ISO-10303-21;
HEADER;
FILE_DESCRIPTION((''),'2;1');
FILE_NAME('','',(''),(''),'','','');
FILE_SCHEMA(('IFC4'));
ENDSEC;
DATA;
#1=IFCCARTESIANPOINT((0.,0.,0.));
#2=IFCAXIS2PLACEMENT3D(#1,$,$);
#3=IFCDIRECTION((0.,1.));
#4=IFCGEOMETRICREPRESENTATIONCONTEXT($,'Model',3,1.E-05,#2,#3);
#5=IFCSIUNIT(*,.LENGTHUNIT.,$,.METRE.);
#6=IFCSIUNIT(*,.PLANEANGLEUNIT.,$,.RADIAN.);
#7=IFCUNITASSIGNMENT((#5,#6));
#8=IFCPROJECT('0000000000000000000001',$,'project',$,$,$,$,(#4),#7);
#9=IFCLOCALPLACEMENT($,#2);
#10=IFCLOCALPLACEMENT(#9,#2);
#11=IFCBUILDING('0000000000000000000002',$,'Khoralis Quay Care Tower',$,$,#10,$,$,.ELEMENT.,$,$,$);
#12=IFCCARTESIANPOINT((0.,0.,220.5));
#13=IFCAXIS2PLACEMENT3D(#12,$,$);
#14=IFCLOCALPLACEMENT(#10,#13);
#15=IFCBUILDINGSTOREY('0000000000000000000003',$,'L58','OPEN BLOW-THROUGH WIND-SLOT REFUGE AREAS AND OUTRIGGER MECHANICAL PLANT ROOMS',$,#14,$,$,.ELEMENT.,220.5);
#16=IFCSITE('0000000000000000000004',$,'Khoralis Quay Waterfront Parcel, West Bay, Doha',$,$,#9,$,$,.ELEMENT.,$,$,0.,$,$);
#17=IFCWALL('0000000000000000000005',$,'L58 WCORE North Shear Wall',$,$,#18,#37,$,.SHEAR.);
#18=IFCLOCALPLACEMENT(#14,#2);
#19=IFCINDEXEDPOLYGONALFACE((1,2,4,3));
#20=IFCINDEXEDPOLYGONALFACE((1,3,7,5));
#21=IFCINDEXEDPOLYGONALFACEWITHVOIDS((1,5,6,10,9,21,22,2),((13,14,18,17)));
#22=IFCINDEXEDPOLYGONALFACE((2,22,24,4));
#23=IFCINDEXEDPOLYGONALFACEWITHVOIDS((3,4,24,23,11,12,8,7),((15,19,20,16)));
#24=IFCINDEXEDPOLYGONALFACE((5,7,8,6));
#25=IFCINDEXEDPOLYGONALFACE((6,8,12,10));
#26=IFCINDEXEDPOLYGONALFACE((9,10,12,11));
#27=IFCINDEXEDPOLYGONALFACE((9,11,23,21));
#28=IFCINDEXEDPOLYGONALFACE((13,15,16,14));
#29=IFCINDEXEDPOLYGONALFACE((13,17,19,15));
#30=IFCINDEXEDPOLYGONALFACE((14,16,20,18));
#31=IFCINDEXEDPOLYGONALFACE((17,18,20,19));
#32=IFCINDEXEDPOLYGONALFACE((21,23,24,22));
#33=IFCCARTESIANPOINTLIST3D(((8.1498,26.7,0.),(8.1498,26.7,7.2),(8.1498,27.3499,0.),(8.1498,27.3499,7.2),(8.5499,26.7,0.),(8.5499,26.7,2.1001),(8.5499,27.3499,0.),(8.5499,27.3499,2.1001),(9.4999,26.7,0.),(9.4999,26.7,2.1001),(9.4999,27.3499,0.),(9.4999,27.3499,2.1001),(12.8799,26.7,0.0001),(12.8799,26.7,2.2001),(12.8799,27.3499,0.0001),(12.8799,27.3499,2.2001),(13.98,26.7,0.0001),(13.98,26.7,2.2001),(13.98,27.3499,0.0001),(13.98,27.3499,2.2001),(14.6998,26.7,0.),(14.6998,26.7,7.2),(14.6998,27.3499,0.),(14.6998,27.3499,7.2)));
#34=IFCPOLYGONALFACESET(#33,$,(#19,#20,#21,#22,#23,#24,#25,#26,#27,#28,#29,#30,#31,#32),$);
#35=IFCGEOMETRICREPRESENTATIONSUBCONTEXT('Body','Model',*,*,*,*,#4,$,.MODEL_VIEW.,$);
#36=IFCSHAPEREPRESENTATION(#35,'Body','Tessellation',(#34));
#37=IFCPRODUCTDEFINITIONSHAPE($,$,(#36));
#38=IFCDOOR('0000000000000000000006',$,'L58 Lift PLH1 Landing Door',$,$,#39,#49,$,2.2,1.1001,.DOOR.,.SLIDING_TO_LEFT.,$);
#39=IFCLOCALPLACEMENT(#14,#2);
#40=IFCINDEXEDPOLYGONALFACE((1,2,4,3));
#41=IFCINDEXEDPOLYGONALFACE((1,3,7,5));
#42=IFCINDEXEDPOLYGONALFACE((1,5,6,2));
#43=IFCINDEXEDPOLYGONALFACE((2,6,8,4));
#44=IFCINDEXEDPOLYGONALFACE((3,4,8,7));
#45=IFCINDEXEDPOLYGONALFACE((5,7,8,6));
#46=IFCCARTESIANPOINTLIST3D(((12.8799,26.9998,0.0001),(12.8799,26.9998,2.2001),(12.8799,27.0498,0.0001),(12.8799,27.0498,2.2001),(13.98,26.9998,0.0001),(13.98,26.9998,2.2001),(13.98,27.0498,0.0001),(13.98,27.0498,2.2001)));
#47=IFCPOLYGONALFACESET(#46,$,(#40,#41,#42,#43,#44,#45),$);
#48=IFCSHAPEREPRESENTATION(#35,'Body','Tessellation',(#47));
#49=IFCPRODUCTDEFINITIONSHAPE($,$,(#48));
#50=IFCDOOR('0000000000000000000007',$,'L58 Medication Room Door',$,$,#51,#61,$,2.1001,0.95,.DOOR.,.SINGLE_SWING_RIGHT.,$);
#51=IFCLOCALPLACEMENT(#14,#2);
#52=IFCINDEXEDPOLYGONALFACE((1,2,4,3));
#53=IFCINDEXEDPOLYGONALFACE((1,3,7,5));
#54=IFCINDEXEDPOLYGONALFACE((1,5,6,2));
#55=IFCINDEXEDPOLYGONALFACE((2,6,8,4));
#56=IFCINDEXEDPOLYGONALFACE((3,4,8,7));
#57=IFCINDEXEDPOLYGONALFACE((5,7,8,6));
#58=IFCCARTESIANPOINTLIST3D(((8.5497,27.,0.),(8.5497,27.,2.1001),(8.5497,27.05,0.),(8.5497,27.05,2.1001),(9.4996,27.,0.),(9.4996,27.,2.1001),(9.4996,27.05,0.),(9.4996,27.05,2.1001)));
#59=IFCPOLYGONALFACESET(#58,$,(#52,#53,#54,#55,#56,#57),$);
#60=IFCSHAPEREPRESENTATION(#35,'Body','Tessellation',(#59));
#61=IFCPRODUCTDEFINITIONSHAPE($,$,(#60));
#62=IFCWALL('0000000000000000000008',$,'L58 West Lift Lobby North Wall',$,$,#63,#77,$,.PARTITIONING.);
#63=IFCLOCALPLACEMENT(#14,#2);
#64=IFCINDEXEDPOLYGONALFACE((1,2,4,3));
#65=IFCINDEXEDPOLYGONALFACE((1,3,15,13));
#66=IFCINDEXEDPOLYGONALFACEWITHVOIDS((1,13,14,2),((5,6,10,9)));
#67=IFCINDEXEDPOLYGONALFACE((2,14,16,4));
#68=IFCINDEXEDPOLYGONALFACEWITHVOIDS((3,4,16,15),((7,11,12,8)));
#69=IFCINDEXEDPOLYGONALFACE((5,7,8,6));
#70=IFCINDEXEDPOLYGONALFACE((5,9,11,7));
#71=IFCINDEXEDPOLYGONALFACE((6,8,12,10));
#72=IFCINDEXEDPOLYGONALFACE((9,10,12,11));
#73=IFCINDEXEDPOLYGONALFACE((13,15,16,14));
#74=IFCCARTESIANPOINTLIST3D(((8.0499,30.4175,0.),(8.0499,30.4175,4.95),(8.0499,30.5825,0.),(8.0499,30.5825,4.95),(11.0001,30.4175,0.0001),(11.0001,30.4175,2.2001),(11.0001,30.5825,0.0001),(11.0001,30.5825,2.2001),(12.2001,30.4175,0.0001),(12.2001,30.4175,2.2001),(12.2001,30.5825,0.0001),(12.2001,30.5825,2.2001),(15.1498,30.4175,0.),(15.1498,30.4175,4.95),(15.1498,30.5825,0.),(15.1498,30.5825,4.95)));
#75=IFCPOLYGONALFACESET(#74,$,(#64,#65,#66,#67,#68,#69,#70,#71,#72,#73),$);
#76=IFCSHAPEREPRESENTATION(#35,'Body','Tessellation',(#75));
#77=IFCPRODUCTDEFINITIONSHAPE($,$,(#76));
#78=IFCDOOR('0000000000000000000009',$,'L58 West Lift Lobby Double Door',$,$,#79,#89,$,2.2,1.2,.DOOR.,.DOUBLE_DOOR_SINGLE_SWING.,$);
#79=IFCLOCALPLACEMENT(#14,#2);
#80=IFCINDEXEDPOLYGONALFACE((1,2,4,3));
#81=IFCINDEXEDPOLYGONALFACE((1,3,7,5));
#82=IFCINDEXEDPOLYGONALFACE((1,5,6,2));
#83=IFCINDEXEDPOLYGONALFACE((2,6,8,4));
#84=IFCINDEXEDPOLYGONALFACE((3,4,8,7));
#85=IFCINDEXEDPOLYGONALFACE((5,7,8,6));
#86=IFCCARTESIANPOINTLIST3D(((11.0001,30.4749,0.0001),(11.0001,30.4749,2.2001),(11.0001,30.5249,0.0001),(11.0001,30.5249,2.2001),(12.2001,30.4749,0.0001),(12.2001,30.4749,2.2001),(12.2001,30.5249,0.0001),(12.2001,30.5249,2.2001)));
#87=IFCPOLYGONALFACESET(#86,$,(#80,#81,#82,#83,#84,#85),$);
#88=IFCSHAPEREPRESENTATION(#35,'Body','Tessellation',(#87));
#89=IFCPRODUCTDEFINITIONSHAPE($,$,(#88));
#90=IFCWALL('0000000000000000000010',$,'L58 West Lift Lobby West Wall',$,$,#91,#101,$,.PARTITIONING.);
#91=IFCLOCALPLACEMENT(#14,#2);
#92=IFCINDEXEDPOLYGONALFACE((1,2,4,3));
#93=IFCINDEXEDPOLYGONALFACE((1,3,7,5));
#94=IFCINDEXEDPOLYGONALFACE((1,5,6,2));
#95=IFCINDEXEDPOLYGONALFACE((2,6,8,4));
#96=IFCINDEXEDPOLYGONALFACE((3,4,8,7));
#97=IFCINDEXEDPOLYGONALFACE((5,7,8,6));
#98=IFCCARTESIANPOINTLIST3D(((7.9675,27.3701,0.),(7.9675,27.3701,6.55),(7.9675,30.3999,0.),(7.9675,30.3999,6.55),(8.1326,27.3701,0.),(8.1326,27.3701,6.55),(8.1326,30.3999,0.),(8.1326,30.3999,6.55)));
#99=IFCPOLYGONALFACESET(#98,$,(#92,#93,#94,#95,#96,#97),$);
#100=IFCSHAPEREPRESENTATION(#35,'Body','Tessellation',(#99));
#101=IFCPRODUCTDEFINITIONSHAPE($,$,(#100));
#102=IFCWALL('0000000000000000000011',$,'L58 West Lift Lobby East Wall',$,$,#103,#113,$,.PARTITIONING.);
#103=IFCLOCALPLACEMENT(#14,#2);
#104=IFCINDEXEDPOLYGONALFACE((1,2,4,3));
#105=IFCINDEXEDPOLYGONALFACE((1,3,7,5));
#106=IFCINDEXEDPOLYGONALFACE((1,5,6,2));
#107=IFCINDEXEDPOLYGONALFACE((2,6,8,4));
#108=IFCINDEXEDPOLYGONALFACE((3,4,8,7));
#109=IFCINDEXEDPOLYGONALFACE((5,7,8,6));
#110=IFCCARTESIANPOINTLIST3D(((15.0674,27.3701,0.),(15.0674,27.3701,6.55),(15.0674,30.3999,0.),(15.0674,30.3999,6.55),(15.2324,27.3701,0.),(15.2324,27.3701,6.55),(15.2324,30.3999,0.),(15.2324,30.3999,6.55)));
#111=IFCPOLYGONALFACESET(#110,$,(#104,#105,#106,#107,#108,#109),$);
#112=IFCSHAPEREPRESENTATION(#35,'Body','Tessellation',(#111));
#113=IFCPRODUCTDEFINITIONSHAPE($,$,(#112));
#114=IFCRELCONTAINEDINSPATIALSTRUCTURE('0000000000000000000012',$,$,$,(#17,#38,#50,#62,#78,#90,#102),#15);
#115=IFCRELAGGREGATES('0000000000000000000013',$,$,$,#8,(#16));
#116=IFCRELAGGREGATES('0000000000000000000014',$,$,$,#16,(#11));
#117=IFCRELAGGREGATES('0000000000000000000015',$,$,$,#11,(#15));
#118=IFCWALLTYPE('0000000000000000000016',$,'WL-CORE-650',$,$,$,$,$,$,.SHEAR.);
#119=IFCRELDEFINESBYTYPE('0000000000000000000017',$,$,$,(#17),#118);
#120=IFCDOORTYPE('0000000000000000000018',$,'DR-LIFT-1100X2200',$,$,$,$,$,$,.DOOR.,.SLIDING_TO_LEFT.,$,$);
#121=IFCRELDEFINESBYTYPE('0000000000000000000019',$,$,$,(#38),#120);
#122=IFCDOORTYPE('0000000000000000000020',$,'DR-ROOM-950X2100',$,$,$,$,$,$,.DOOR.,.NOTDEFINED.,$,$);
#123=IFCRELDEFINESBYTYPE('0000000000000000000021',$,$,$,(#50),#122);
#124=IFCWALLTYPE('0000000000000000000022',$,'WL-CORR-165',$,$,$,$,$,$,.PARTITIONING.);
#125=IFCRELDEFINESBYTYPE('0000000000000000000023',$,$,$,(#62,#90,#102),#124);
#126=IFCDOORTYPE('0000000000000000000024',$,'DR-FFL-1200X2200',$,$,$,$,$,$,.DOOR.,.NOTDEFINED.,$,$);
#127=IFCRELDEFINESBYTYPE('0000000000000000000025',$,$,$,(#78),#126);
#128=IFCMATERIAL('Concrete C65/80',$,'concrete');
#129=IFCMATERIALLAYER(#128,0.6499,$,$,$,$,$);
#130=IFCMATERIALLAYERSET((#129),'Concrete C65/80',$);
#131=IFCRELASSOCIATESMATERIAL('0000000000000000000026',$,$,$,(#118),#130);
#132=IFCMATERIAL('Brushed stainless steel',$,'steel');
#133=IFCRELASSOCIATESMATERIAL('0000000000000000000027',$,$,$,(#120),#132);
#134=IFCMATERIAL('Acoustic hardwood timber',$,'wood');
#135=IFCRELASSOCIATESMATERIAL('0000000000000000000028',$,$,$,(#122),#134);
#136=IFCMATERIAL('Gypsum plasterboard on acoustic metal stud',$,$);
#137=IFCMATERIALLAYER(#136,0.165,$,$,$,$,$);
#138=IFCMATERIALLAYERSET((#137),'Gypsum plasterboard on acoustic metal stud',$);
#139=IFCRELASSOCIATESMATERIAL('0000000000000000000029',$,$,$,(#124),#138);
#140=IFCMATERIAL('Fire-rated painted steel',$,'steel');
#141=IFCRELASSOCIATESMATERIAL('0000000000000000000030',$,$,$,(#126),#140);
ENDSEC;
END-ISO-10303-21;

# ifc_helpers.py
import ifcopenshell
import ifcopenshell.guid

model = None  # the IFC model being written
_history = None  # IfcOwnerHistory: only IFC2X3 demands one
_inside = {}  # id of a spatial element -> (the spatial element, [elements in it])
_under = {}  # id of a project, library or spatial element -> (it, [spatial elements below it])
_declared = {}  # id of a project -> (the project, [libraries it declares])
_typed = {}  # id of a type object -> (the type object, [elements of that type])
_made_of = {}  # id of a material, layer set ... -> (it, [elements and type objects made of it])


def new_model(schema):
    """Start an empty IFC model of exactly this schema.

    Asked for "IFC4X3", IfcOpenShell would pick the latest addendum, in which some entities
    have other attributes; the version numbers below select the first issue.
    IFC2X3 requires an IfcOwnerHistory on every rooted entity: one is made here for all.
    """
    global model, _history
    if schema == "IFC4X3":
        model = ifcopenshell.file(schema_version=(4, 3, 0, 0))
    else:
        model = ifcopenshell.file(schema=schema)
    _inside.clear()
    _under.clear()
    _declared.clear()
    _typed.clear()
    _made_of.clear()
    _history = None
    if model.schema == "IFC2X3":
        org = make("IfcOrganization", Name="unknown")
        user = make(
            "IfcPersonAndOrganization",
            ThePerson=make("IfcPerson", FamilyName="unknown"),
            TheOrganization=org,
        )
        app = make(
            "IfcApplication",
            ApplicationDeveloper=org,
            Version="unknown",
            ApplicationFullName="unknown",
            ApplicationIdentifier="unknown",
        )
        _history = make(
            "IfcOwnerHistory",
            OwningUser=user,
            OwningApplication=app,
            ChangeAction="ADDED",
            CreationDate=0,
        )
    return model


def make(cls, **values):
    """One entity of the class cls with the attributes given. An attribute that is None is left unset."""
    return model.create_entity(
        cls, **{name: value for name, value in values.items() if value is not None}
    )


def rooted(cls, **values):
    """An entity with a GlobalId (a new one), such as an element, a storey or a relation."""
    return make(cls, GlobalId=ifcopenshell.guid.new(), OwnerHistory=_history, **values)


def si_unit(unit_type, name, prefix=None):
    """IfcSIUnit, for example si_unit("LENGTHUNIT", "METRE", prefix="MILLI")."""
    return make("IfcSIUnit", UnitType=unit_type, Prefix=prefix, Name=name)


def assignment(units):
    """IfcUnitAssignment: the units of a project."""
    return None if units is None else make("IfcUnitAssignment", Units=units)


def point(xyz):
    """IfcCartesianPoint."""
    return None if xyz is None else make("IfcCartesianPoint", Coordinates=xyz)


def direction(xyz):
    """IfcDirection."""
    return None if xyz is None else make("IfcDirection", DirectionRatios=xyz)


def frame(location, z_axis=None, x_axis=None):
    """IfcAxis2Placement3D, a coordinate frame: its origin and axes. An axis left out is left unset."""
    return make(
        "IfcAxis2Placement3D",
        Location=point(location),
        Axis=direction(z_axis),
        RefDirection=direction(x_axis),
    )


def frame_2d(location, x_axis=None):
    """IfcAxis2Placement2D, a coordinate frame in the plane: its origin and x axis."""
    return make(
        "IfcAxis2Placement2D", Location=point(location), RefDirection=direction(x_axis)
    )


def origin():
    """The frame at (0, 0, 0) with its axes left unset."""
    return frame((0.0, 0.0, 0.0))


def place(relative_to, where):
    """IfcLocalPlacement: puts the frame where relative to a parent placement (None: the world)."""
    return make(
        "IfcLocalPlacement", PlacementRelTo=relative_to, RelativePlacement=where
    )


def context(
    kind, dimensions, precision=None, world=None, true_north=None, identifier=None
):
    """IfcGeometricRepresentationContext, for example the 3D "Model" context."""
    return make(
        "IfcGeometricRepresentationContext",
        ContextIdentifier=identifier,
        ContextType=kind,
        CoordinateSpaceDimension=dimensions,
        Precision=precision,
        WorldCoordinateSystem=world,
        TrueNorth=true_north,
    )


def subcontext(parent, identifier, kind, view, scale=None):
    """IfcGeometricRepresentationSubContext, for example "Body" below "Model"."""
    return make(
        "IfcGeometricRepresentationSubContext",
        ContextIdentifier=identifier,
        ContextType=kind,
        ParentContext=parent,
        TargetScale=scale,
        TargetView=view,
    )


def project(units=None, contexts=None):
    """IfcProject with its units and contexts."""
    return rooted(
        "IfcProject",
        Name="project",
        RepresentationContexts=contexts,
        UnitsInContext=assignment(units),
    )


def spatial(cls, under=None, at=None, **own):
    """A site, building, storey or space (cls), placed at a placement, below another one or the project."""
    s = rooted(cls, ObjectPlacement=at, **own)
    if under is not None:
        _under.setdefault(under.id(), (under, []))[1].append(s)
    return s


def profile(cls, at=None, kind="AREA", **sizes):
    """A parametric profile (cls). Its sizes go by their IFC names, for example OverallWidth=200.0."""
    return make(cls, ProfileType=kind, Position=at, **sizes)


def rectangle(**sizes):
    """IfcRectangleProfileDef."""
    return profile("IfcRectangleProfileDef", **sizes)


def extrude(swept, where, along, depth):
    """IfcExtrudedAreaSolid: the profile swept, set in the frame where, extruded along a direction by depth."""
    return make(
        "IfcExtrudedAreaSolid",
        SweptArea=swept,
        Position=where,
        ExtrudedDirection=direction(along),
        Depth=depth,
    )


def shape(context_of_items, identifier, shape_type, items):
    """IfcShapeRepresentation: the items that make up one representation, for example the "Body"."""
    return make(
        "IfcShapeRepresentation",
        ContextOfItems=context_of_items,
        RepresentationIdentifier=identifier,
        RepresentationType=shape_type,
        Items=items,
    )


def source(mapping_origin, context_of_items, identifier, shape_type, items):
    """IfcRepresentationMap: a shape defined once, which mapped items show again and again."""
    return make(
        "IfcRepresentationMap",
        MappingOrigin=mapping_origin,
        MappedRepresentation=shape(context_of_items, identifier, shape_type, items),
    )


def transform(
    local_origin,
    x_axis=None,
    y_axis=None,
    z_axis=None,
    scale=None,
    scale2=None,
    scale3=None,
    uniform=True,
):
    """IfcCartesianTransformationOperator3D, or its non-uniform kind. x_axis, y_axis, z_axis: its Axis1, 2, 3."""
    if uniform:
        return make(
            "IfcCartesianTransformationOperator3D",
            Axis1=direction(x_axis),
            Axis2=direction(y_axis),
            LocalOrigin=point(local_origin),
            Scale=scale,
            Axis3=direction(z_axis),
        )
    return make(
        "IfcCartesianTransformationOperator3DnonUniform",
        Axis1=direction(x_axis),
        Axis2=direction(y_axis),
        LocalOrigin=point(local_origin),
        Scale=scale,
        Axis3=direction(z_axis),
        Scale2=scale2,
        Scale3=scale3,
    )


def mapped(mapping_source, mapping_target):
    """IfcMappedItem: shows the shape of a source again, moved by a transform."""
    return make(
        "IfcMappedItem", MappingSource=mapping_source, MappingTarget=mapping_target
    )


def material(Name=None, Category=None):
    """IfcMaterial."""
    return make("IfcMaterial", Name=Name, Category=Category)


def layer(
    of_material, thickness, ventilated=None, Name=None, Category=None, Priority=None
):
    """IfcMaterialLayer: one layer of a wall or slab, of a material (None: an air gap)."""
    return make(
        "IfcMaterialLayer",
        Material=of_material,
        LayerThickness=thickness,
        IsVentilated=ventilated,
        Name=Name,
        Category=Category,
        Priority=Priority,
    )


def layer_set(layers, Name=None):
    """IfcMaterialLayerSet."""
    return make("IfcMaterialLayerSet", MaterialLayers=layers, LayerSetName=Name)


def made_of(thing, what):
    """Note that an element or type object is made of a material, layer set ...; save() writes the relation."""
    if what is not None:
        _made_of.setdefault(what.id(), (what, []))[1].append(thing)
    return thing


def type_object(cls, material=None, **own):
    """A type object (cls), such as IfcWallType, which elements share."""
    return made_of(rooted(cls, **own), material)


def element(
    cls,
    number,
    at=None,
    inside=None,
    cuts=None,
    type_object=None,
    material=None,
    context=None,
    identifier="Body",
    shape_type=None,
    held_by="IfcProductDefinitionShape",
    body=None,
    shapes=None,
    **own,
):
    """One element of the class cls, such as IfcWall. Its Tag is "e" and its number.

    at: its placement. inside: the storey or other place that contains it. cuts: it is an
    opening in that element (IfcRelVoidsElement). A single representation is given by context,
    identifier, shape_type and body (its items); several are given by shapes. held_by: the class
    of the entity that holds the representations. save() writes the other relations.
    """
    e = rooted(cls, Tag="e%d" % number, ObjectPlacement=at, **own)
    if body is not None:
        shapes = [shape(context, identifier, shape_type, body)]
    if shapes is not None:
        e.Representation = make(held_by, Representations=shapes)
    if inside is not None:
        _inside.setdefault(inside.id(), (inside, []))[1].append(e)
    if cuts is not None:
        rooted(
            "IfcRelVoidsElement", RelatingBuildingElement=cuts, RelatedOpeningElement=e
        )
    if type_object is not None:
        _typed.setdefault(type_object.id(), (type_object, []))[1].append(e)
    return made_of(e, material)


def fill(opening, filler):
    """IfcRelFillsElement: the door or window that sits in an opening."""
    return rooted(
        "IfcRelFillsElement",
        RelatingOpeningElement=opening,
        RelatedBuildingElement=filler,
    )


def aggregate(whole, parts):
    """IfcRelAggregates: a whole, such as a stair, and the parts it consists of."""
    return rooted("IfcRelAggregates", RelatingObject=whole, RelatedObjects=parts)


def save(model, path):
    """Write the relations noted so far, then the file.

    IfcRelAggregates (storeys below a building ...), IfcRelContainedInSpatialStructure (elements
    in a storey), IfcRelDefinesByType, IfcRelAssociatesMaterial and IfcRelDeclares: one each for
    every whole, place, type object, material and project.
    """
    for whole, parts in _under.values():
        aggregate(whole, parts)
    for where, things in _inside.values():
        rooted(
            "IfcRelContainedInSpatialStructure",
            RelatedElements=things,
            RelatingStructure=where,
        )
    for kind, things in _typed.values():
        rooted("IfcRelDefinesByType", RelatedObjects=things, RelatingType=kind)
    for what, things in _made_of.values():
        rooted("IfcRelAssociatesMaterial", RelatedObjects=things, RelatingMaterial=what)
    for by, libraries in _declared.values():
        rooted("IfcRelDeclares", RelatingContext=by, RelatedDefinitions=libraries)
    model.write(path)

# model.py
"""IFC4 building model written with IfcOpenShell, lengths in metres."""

from ifc_helpers import new_model, si_unit, direction, frame, frame_2d, origin, place, context, subcontext, project, spatial, rectangle, extrude, source, transform, mapped, material, layer, layer_set, type_object, element, fill, save


model = new_model("IFC4")

# Units and contexts
model_context = context("Model", 3, precision=1e-05, world=origin(), true_north=direction((0.0, 1.0)))
body_context = subcontext(model_context, "Body", "Model", "MODEL_VIEW")
ifc_project = project(units=[si_unit("LENGTHUNIT", "METRE"), si_unit("PLANEANGLEUNIT", "RADIAN")], contexts=[model_context])

# Site, building, storey
site_placement = place(None, origin())
site = spatial("IfcSite", under=ifc_project, at=site_placement, Name="Khoralis Quay Waterfront Parcel, West Bay, Doha", CompositionType="ELEMENT", RefElevation=0.0)
building_placement = place(site_placement, origin())
building = spatial("IfcBuilding", under=site, at=building_placement, Name="Khoralis Quay Care Tower", CompositionType="ELEMENT")
storey_placement = place(building_placement, frame((0.0, 0.0, 220.5)))
storey = spatial("IfcBuildingStorey", under=building, at=storey_placement, Name="L58", Description="OPEN BLOW-THROUGH WIND-SLOT REFUGE AREAS AND OUTRIGGER MECHANICAL PLANT ROOMS", CompositionType="ELEMENT", Elevation=220.5)

# Shared definitions
ifc_material_1 = material(Name="Concrete C65/80", Category="concrete")

# Shared definitions
ifc_material_2 = material(Name="Gypsum plasterboard on acoustic metal stud")

# Wall, openings, doors
ifc_layer_1 = layer(ifc_material_1, 0.6499)
ifc_layer_set_1 = layer_set([ifc_layer_1], Name="Concrete C65/80")
wall_type_1 = type_object("IfcWallType", Name="WL-CORE-650", PredefinedType="SHEAR", material=ifc_layer_set_1)
wall_1_placement = place(storey_placement, frame((8.1499, 27.0249, 0.0), z_axis=(0.0, 0.0, 1.0), x_axis=(1.0, 0.0, 0.0)))
wall_1 = element("IfcWall", 1, at=wall_1_placement, inside=storey, type_object=wall_type_1, Name="L58 WCORE North Shear Wall", PredefinedType="SHEAR", context=body_context, shape_type="SweptSolid", body=[
    extrude(rectangle(XDim=6.55, YDim=0.6499, at=frame_2d((3.2749, 0.0))), origin(), (0.0, 0.0, 1.0), 7.2),
])
opening_1_placement = place(wall_1_placement, frame((0.3999, 0.0, 0.0)))
opening_1 = element("IfcOpeningElement", 2, at=opening_1_placement, cuts=wall_1, PredefinedType="OPENING", context=body_context, shape_type="SweptSolid", body=[
    extrude(rectangle(XDim=0.95, YDim=2.1001, at=frame_2d((0.4751, 1.05))), frame((0.0, 0.335, 0.0), z_axis=(0.0, -1.0, 0.0), x_axis=(1.0, 0.0, 0.0)), (0.0, 0.0, 1.0), 0.6699),
])
opening_2_placement = place(wall_1_placement, frame((4.73, 0.0, 0.0)))
opening_2 = element("IfcOpeningElement", 3, at=opening_2_placement, cuts=wall_1, PredefinedType="OPENING", context=body_context, shape_type="SweptSolid", body=[
    extrude(rectangle(XDim=1.1001, YDim=2.2, at=frame_2d((0.55, 1.1001))), frame((0.0, 0.335, 0.0), z_axis=(0.0, -1.0, 0.0), x_axis=(1.0, 0.0, 0.0)), (0.0, 0.0, 1.0), 0.6699),
])
ifc_material_3 = material(Name="Brushed stainless steel", Category="steel")
door_type_1 = type_object("IfcDoorType", Name="DR-LIFT-1100X2200", OperationType="SLIDING_TO_LEFT", PredefinedType="DOOR", material=ifc_material_3)
shared_shape_1 = source(origin(), body_context, "Body", "SweptSolid", [
    extrude(rectangle(XDim=1.1001, YDim=2.2, at=frame_2d((0.55, 1.1001))), frame((0.0, 0.0249, 0.0), z_axis=(0.0, -1.0, 0.0), x_axis=(1.0, 0.0, 0.0)), (0.0, 0.0, 1.0), 0.05),
])
door_1_placement = place(opening_2_placement, origin())
door_1 = element("IfcDoor", 4, at=door_1_placement, inside=storey, type_object=door_type_1, Name="L58 Lift PLH1 Landing Door", OperationType="SLIDING_TO_LEFT", OverallHeight=2.2, OverallWidth=1.1001, PredefinedType="DOOR", context=body_context, shape_type="MappedRepresentation", body=[
    mapped(shared_shape_1, transform((0.0, 0.0, 0.0), scale=1.0)),
])
fill(opening_2, door_1)
ifc_material_4 = material(Name="Acoustic hardwood timber", Category="wood")
door_type_2 = type_object("IfcDoorType", Name="DR-ROOM-950X2100", OperationType="NOTDEFINED", PredefinedType="DOOR", material=ifc_material_4)
shared_shape_2 = source(origin(), body_context, "Body", "SweptSolid", [
    extrude(rectangle(XDim=0.95, YDim=2.1001, at=frame_2d((0.4751, 1.05))), frame((0.0, 0.0249, 0.0), z_axis=(0.0, -1.0, 0.0), x_axis=(1.0, 0.0, 0.0)), (0.0, 0.0, 1.0), 0.05),
])
door_2_placement = place(opening_1_placement, frame((0.95, 0.0, 0.0), z_axis=(0.0, 0.0, 1.0), x_axis=(-1.0, 0.0, 0.0)))
door_2 = element("IfcDoor", 5, at=door_2_placement, inside=storey, type_object=door_type_2, Name="L58 Medication Room Door", OperationType="SINGLE_SWING_RIGHT", OverallHeight=2.1001, OverallWidth=0.95, PredefinedType="DOOR", context=body_context, shape_type="MappedRepresentation", body=[
    mapped(shared_shape_2, transform((0.0, 0.0, 0.0), scale=1.0)),
])
fill(opening_1, door_2)

# Wall, opening, door
ifc_layer_2 = layer(ifc_material_2, 0.165)
ifc_layer_set_2 = layer_set([ifc_layer_2], Name="Gypsum plasterboard on acoustic metal stud")
wall_type_2 = type_object("IfcWallType", Name="WL-CORR-165", PredefinedType="PARTITIONING", material=ifc_layer_set_2)
wall_2_placement = place(storey_placement, frame((8.05, 30.5, 0.0), z_axis=(0.0, 0.0, 1.0), x_axis=(1.0, 0.0, 0.0)))
wall_2 = element("IfcWall", 6, at=wall_2_placement, inside=storey, type_object=wall_type_2, Name="L58 West Lift Lobby North Wall", PredefinedType="PARTITIONING", context=body_context, shape_type="SweptSolid", body=[
    extrude(rectangle(XDim=7.0999, YDim=0.165, at=frame_2d((3.5498, 0.0))), origin(), (0.0, 0.0, 1.0), 4.95),
])
opening_3_placement = place(wall_2_placement, frame((2.95, 0.0, 0.0)))
opening_3 = element("IfcOpeningElement", 7, at=opening_3_placement, cuts=wall_2, PredefinedType="OPENING", context=body_context, shape_type="SweptSolid", body=[
    extrude(rectangle(XDim=1.2, YDim=2.2, at=frame_2d((0.6001, 1.1001))), frame((0.0, 0.0925, 0.0), z_axis=(0.0, -1.0, 0.0), x_axis=(1.0, 0.0, 0.0)), (0.0, 0.0, 1.0), 0.1851),
])
ifc_material_5 = material(Name="Fire-rated painted steel", Category="steel")
door_type_3 = type_object("IfcDoorType", Name="DR-FFL-1200X2200", OperationType="NOTDEFINED", PredefinedType="DOOR", material=ifc_material_5)
shared_shape_3 = source(origin(), body_context, "Body", "SweptSolid", [
    extrude(rectangle(XDim=1.2, YDim=2.2, at=frame_2d((0.6001, 1.1001))), frame((0.0, 0.0249, 0.0), z_axis=(0.0, -1.0, 0.0), x_axis=(1.0, 0.0, 0.0)), (0.0, 0.0, 1.0), 0.05),
])
door_3_placement = place(opening_3_placement, origin())
door_3 = element("IfcDoor", 8, at=door_3_placement, inside=storey, type_object=door_type_3, Name="L58 West Lift Lobby Double Door", OperationType="DOUBLE_DOOR_SINGLE_SWING", OverallHeight=2.2, OverallWidth=1.2, PredefinedType="DOOR", context=body_context, shape_type="MappedRepresentation", body=[
    mapped(shared_shape_3, transform((0.0, 0.0, 0.0), scale=1.0)),
])
fill(opening_3, door_3)

# Walls
for number, where, z_axis, x_axis, name in (
    (9, (8.05, 27.3701, 0.0), (0.0, 0.0, 1.0), (0.0, 1.0, 0.0), "L58 West Lift Lobby West Wall"),
    (10, (15.1499, 27.3701, 0.0), (0.0, 0.0, 1.0), (0.0, 1.0, 0.0), "L58 West Lift Lobby East Wall"),
):
    element("IfcWall", number, at=place(storey_placement, frame(where, z_axis=z_axis, x_axis=x_axis)), inside=storey, type_object=wall_type_2, Name=name, PredefinedType="PARTITIONING", context=body_context, shape_type="SweptSolid", body=[
        extrude(rectangle(XDim=3.0298, YDim=0.165, at=frame_2d((1.5149, 0.0))), origin(), (0.0, 0.0, 1.0), 6.55),
    ])

save(model, "model.ifc")
